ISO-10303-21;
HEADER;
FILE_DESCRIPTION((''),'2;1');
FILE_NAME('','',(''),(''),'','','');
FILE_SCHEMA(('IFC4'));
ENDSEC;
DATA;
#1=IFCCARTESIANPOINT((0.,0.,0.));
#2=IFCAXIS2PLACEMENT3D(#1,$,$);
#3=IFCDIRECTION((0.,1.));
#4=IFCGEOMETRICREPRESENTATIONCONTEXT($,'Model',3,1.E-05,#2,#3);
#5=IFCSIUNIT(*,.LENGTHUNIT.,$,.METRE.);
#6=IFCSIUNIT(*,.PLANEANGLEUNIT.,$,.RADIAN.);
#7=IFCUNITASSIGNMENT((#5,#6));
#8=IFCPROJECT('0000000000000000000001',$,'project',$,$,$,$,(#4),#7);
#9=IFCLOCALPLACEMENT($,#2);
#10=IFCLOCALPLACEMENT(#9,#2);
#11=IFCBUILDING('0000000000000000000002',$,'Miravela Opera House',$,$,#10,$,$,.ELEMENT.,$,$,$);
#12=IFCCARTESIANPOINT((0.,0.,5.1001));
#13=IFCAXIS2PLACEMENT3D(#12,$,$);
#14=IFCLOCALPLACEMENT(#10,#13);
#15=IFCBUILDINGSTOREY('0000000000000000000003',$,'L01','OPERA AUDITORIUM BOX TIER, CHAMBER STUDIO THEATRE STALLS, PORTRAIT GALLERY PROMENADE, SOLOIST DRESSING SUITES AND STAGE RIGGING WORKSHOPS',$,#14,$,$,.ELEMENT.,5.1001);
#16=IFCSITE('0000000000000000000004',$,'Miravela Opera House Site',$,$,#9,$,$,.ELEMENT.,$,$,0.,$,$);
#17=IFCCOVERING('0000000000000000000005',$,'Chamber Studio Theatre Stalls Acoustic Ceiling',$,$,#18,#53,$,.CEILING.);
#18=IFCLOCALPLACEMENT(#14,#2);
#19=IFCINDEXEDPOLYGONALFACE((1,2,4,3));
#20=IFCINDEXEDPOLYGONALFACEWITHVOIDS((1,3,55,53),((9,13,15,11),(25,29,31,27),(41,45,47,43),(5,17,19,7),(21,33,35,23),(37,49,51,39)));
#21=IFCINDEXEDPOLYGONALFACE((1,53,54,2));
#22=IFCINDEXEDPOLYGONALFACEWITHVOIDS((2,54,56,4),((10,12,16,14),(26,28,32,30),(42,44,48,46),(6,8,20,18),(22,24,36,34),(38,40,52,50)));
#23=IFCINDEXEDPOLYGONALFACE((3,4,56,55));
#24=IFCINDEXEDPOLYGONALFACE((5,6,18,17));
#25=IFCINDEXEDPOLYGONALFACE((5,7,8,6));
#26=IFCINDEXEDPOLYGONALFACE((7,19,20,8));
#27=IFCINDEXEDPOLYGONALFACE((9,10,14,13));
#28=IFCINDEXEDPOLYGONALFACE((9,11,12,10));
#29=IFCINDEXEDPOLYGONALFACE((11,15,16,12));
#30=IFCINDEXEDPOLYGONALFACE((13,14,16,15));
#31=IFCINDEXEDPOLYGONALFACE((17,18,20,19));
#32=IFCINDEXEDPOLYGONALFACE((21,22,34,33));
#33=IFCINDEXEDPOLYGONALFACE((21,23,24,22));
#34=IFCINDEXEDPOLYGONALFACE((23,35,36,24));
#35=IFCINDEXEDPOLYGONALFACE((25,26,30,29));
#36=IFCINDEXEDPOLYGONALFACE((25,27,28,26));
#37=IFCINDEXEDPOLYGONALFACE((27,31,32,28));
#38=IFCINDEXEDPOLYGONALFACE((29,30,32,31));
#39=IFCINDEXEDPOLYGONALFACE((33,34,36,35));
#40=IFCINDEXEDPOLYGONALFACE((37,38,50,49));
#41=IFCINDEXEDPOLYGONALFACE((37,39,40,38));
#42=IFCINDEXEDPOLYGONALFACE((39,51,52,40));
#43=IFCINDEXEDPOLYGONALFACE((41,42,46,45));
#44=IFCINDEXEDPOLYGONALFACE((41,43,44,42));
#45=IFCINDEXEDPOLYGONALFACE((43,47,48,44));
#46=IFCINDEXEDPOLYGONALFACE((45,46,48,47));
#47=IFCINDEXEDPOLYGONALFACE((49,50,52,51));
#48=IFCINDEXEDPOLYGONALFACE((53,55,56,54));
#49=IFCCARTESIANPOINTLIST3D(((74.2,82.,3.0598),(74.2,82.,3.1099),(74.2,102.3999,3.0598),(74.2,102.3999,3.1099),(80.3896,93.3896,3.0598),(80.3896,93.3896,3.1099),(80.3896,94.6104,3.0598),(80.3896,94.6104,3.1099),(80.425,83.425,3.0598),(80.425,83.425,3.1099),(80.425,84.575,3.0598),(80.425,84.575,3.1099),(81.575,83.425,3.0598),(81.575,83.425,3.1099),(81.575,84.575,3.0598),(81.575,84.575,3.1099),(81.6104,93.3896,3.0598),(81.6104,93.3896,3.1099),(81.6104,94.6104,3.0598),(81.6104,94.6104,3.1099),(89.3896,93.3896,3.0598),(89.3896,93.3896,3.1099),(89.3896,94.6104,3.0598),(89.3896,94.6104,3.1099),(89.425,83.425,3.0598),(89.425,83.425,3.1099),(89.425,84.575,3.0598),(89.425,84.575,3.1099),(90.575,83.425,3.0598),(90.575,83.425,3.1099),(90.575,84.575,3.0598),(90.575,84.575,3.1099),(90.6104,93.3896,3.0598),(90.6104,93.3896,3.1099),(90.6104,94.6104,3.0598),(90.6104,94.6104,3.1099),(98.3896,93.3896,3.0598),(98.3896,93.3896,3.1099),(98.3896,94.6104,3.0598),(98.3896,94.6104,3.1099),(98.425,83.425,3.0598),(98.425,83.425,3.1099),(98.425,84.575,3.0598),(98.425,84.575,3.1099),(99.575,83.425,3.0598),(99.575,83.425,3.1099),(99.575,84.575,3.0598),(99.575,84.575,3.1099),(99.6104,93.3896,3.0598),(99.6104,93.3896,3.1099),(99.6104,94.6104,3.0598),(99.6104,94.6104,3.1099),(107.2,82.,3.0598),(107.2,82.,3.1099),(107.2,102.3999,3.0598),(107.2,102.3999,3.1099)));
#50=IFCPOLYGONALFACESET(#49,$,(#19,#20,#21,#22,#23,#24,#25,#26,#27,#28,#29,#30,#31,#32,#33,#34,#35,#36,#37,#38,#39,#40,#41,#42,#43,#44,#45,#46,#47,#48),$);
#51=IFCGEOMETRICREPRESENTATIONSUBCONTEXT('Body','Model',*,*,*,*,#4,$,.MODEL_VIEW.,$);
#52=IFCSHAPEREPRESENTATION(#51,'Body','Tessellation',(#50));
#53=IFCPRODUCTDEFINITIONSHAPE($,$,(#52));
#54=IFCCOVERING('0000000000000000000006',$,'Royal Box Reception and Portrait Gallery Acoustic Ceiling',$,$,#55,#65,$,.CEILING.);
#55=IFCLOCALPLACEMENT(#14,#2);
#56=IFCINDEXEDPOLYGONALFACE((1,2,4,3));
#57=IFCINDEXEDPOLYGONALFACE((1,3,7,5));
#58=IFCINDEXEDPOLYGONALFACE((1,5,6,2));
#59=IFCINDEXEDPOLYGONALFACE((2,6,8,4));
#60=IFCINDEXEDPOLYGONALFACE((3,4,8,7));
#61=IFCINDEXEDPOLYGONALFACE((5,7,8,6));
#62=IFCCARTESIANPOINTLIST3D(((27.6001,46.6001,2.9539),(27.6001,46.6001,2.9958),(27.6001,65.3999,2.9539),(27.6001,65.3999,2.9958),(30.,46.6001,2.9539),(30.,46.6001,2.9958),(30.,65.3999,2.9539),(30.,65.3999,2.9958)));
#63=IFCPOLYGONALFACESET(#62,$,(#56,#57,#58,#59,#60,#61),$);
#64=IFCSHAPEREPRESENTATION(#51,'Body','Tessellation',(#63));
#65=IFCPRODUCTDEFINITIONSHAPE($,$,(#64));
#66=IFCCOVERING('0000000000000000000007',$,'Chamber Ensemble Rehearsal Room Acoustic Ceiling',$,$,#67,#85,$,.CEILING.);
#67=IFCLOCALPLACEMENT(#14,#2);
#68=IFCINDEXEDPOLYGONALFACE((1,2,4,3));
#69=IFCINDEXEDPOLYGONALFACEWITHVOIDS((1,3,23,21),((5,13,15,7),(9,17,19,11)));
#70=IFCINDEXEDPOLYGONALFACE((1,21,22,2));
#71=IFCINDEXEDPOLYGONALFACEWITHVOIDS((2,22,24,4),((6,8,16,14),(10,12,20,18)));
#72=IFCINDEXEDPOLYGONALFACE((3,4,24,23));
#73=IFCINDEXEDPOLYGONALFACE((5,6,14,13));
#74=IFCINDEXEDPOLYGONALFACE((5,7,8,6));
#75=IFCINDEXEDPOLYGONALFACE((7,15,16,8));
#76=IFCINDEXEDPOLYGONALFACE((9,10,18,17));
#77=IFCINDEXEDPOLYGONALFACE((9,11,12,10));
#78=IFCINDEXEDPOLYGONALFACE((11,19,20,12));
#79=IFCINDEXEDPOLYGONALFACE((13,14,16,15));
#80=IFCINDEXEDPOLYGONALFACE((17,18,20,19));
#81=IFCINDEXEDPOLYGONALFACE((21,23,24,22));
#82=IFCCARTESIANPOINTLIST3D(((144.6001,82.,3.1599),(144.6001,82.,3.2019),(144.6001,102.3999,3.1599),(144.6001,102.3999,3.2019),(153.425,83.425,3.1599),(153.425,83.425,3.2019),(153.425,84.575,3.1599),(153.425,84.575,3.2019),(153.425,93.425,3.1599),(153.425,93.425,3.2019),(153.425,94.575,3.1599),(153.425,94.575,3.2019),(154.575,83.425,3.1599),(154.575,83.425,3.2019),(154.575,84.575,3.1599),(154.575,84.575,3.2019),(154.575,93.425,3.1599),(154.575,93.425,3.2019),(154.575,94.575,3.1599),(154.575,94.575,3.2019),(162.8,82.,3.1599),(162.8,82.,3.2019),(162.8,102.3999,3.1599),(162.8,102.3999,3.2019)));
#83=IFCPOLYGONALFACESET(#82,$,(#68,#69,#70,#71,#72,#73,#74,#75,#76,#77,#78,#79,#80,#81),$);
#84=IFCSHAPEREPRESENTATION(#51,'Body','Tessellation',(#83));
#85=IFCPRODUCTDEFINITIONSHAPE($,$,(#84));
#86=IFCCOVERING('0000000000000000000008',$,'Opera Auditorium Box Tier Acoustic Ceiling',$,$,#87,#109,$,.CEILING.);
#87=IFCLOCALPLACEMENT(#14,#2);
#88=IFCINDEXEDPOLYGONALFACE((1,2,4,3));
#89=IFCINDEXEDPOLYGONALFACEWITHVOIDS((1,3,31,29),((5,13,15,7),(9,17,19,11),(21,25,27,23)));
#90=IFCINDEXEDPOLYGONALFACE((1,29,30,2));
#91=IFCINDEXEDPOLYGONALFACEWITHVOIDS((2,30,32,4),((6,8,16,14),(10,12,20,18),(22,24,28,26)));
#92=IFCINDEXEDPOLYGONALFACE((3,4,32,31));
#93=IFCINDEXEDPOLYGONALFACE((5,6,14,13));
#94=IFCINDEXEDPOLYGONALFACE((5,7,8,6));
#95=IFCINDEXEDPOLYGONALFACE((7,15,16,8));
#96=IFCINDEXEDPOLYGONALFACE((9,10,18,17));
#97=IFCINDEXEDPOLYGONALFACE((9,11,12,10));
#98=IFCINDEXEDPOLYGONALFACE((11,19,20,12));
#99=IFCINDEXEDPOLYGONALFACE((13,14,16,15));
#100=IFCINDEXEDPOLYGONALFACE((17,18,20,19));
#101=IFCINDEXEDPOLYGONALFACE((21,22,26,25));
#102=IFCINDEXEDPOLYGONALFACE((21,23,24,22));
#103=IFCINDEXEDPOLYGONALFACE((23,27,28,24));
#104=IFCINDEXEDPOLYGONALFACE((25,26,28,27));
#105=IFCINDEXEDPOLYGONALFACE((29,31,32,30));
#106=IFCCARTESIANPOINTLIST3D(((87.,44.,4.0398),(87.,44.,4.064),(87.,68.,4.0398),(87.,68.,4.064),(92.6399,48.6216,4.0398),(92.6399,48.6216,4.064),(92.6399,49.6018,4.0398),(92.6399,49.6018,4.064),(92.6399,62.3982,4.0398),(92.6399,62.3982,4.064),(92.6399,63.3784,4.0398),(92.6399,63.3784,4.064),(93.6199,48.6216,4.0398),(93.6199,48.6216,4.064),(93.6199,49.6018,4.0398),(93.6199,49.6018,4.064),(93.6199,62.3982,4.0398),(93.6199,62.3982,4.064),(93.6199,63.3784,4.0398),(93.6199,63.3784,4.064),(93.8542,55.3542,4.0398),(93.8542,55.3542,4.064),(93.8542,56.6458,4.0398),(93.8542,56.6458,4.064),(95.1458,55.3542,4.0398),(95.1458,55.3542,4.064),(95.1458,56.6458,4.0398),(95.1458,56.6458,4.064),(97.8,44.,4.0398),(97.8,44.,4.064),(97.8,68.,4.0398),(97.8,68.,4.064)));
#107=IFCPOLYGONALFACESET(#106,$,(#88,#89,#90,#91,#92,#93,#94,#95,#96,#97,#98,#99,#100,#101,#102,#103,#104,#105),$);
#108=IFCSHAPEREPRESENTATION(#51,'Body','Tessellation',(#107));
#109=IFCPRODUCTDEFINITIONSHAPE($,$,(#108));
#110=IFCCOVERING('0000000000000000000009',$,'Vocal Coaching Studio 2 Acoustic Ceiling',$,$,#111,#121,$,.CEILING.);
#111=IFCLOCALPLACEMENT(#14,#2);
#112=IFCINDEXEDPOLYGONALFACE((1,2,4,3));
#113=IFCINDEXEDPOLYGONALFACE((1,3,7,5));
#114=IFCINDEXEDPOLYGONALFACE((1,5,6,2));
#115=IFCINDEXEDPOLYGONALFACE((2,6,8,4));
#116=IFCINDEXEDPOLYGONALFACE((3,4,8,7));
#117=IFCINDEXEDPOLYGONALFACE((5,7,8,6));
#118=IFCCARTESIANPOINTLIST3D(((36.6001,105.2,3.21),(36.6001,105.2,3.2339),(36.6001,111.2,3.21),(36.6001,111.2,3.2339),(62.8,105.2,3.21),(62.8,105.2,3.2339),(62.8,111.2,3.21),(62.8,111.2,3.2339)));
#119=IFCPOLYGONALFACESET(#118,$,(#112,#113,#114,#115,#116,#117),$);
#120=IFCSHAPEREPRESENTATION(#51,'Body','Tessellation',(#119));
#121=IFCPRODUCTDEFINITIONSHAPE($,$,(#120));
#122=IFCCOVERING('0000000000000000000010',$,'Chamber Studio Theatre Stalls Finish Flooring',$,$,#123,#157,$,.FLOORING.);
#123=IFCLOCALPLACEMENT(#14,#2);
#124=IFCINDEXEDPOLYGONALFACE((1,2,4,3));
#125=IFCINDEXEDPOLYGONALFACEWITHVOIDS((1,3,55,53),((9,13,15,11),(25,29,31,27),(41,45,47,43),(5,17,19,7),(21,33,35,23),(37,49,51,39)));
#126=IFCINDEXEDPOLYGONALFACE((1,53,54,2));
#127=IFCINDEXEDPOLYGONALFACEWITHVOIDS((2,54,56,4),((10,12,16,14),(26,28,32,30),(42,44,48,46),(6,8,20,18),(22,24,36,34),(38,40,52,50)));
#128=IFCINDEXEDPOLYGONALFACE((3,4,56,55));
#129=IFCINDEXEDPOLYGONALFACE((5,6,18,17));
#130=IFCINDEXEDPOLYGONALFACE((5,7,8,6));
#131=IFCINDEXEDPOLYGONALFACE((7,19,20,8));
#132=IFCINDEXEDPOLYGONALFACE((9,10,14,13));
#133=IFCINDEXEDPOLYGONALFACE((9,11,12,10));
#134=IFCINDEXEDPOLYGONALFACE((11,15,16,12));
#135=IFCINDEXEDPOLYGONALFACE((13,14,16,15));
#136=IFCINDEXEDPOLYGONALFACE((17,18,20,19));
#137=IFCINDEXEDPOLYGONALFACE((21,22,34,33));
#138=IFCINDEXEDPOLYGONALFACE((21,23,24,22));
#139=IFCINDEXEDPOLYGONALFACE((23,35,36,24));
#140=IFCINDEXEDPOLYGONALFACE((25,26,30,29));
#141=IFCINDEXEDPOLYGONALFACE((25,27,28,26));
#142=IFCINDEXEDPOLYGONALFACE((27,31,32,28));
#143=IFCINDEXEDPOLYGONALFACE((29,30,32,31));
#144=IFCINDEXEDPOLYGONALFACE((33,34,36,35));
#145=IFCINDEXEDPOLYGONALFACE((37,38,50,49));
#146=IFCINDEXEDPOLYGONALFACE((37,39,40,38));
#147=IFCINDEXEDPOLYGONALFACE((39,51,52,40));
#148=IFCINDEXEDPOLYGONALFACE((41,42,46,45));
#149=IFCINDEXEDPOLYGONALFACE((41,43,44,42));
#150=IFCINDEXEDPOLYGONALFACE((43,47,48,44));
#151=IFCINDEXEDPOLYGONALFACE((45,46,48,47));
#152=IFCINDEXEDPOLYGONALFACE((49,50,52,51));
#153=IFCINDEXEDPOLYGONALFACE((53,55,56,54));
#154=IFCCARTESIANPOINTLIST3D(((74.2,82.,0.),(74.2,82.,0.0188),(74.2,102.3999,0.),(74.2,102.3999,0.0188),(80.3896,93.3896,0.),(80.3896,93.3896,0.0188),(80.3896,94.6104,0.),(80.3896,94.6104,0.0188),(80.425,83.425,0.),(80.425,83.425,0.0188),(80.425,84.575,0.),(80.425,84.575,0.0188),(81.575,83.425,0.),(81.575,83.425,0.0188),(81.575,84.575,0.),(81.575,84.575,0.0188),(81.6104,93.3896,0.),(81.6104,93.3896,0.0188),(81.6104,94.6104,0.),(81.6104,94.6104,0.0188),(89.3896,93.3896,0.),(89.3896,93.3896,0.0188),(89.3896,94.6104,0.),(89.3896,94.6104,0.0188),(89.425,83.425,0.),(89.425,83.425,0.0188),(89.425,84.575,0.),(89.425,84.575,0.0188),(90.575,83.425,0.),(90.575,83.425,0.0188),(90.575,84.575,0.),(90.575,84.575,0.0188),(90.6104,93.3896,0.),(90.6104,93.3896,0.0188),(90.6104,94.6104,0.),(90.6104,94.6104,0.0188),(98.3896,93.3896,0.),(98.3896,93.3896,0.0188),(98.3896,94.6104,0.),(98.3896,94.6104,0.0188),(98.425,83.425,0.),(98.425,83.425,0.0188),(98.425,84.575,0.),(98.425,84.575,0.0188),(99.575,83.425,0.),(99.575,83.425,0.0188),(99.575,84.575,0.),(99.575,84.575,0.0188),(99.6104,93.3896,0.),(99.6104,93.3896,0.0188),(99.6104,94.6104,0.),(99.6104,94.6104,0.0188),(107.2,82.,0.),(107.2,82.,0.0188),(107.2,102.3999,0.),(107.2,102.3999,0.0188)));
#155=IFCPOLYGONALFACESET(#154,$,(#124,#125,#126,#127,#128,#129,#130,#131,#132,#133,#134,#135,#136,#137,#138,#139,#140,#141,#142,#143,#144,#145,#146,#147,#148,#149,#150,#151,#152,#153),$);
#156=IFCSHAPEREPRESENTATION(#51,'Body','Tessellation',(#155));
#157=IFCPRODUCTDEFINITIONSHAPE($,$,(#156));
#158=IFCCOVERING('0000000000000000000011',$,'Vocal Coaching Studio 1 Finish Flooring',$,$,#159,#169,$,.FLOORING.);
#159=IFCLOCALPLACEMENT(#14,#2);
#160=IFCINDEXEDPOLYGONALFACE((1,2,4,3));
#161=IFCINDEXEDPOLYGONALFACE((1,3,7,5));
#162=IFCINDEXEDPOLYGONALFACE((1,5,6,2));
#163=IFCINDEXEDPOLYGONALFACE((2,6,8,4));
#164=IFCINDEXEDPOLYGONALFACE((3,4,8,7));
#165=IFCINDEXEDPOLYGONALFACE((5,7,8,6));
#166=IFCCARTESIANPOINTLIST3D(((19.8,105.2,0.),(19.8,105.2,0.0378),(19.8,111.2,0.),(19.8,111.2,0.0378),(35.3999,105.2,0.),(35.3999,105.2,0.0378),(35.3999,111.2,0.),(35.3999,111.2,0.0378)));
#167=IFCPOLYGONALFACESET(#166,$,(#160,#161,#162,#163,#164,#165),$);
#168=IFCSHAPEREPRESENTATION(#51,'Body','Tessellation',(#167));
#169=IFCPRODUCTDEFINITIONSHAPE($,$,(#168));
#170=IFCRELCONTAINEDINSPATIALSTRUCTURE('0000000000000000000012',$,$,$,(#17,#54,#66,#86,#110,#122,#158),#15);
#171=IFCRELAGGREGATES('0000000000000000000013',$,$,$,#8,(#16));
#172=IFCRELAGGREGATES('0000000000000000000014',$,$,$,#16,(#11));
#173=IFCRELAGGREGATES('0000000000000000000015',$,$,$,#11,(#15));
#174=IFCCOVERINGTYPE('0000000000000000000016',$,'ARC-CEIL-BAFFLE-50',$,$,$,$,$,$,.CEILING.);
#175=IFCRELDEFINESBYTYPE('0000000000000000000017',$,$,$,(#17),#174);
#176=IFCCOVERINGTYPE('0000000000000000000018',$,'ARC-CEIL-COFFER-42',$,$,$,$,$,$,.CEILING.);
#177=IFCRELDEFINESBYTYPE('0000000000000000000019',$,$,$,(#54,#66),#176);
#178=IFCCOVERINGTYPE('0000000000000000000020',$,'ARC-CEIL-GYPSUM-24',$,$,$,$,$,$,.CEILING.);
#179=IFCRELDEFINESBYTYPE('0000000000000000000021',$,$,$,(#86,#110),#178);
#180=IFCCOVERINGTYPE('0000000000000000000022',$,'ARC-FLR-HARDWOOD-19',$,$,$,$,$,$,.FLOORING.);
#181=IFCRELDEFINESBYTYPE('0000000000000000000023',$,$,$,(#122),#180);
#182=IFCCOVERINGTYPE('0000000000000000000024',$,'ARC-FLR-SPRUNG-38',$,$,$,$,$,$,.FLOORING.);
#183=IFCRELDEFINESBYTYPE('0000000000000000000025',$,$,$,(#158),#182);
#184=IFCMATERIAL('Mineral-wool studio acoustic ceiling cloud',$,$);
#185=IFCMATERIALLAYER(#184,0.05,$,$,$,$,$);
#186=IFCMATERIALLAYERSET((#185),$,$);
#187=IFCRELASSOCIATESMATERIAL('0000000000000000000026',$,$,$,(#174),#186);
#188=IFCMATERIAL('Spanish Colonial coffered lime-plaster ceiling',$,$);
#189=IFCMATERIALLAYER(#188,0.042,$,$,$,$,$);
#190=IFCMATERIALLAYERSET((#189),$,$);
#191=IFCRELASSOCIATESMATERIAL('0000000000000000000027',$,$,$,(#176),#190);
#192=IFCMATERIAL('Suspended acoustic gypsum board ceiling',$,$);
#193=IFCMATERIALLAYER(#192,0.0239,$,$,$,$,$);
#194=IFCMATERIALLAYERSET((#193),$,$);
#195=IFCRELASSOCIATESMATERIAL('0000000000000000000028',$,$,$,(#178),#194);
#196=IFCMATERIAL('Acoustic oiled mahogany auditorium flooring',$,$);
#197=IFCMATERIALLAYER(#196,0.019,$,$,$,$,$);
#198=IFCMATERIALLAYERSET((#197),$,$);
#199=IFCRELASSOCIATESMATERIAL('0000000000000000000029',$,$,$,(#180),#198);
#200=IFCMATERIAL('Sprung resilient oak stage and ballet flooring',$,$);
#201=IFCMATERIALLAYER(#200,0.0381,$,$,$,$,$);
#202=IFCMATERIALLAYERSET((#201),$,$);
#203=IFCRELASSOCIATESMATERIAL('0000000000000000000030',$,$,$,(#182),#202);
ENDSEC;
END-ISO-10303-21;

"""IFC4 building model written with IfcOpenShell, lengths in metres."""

from ifc_helpers import new_model, si_unit, direction, frame, origin, place, context, subcontext, project, spatial, polyline, outline, extrude, material, layer, layer_set, type_object, element, save


model = new_model("IFC4")

# Units and contexts
model_context = context("Model", 3, precision=1e-05, world=origin(), true_north=direction((0.0, 1.0)))
body_context = subcontext(model_context, "Body", "Model", "MODEL_VIEW")
ifc_project = project(units=[si_unit("LENGTHUNIT", "METRE"), si_unit("PLANEANGLEUNIT", "RADIAN")], contexts=[model_context])

# Site, building, storey
site_placement = place(None, origin())
site = spatial("IfcSite", under=ifc_project, at=site_placement, Name="Miravela Opera House Site", CompositionType="ELEMENT", RefElevation=0.0)
building_placement = place(site_placement, origin())
building = spatial("IfcBuilding", under=site, at=building_placement, Name="Miravela Opera House", CompositionType="ELEMENT")
storey_placement = place(building_placement, frame((0.0, 0.0, 5.1001)))
storey = spatial("IfcBuildingStorey", under=building, at=storey_placement, Name="L01", Description="OPERA AUDITORIUM BOX TIER, CHAMBER STUDIO THEATRE STALLS, PORTRAIT GALLERY PROMENADE, SOLOIST DRESSING SUITES AND STAGE RIGGING WORKSHOPS", CompositionType="ELEMENT", Elevation=5.1001)

# Coverings
ifc_material_1 = material(Name="Mineral-wool studio acoustic ceiling cloud")
ifc_layer_1 = layer(ifc_material_1, 0.05)
ifc_layer_set_1 = layer_set([ifc_layer_1])
covering_type_1 = type_object("IfcCoveringType", Name="ARC-CEIL-BAFFLE-50", PredefinedType="CEILING", material=ifc_layer_set_1)
covering_1_placement = place(storey_placement, frame((0.0, 0.0, 3.0598)))
element("IfcCovering", 1, at=covering_1_placement, inside=storey, type_object=covering_type_1, Name="Chamber Studio Theatre Stalls Acoustic Ceiling", PredefinedType="CEILING", context=body_context, shape_type="SweptSolid", body=[
    extrude(outline(polyline([(74.2, 82.0), (107.2, 82.0), (107.2, 102.3999), (74.2, 102.3999), (74.2, 82.0)]), holes=[polyline([(80.425, 83.425), (81.575, 83.425), (81.575, 84.575), (80.425, 84.575), (80.425, 83.425)]), polyline([(80.3896, 93.3896), (81.6104, 93.3896), (81.6104, 94.6104), (80.3896, 94.6104), (80.3896, 93.3896)]), polyline([(89.425, 83.425), (90.575, 83.425), (90.575, 84.575), (89.425, 84.575), (89.425, 83.425)]), polyline([(89.3896, 93.3896), (90.6104, 93.3896), (90.6104, 94.6104), (89.3896, 94.6104), (89.3896, 93.3896)]), polyline([(98.425, 83.425), (99.575, 83.425), (99.575, 84.575), (98.425, 84.575), (98.425, 83.425)]), polyline([(98.3896, 93.3896), (99.6104, 93.3896), (99.6104, 94.6104), (98.3896, 94.6104), (98.3896, 93.3896)])]), origin(), (0.0, 0.0, 1.0), 0.05),
])
ifc_material_2 = material(Name="Spanish Colonial coffered lime-plaster ceiling")
ifc_layer_2 = layer(ifc_material_2, 0.042)
ifc_layer_set_2 = layer_set([ifc_layer_2])
covering_type_2 = type_object("IfcCoveringType", Name="ARC-CEIL-COFFER-42", PredefinedType="CEILING", material=ifc_layer_set_2)
covering_2_placement = place(storey_placement, frame((0.0, 0.0, 2.9539)))
element("IfcCovering", 2, at=covering_2_placement, inside=storey, type_object=covering_type_2, Name="Royal Box Reception and Portrait Gallery Acoustic Ceiling", PredefinedType="CEILING", context=body_context, shape_type="SweptSolid", body=[
    extrude(outline(polyline([(27.6001, 46.6001), (30.0, 46.6001), (30.0, 65.3999), (27.6001, 65.3999), (27.6001, 46.6001)])), origin(), (0.0, 0.0, 1.0), 0.042),
])
covering_3_placement = place(storey_placement, frame((0.0, 0.0, 3.1599)))
element("IfcCovering", 3, at=covering_3_placement, inside=storey, type_object=covering_type_2, Name="Chamber Ensemble Rehearsal Room Acoustic Ceiling", PredefinedType="CEILING", context=body_context, shape_type="SweptSolid", body=[
    extrude(outline(polyline([(144.6001, 82.0), (162.8, 82.0), (162.8, 102.3999), (144.6001, 102.3999), (144.6001, 82.0)]), holes=[polyline([(153.425, 83.425), (154.575, 83.425), (154.575, 84.575), (153.425, 84.575), (153.425, 83.425)]), polyline([(153.425, 93.425), (154.575, 93.425), (154.575, 94.575), (153.425, 94.575), (153.425, 93.425)])]), origin(), (0.0, 0.0, 1.0), 0.042),
])
ifc_material_3 = material(Name="Suspended acoustic gypsum board ceiling")
ifc_layer_3 = layer(ifc_material_3, 0.0239)
ifc_layer_set_3 = layer_set([ifc_layer_3])
covering_type_3 = type_object("IfcCoveringType", Name="ARC-CEIL-GYPSUM-24", PredefinedType="CEILING", material=ifc_layer_set_3)
covering_4_placement = place(storey_placement, frame((0.0, 0.0, 4.0398)))
element("IfcCovering", 4, at=covering_4_placement, inside=storey, type_object=covering_type_3, Name="Opera Auditorium Box Tier Acoustic Ceiling", PredefinedType="CEILING", context=body_context, shape_type="SweptSolid", body=[
    extrude(outline(polyline([(87.0, 44.0), (97.8, 44.0), (97.8, 68.0), (87.0, 68.0), (87.0, 44.0)]), holes=[polyline([(93.8542, 55.3542), (95.1458, 55.3542), (95.1458, 56.6458), (93.8542, 56.6458), (93.8542, 55.3542)]), polyline([(92.6399, 62.3982), (93.6199, 62.3982), (93.6199, 63.3784), (92.6399, 63.3784), (92.6399, 62.3982)]), polyline([(92.6399, 48.6216), (93.6199, 48.6216), (93.6199, 49.6018), (92.6399, 49.6018), (92.6399, 48.6216)])]), origin(), (0.0, 0.0, 1.0), 0.0242),
])
covering_5_placement = place(storey_placement, frame((0.0, 0.0, 3.21)))
element("IfcCovering", 5, at=covering_5_placement, inside=storey, type_object=covering_type_3, Name="Vocal Coaching Studio 2 Acoustic Ceiling", PredefinedType="CEILING", context=body_context, shape_type="SweptSolid", body=[
    extrude(outline(polyline([(36.6001, 105.2), (62.8, 105.2), (62.8, 111.2), (36.6001, 111.2), (36.6001, 105.2)])), origin(), (0.0, 0.0, 1.0), 0.0239),
])
ifc_material_4 = material(Name="Acoustic oiled mahogany auditorium flooring")
ifc_layer_4 = layer(ifc_material_4, 0.019)
ifc_layer_set_4 = layer_set([ifc_layer_4])
covering_type_4 = type_object("IfcCoveringType", Name="ARC-FLR-HARDWOOD-19", PredefinedType="FLOORING", material=ifc_layer_set_4)
covering_6_placement = place(storey_placement, origin())
element("IfcCovering", 6, at=covering_6_placement, inside=storey, type_object=covering_type_4, Name="Chamber Studio Theatre Stalls Finish Flooring", PredefinedType="FLOORING", context=body_context, shape_type="SweptSolid", body=[
    extrude(outline(polyline([(74.2, 82.0), (107.2, 82.0), (107.2, 102.3999), (74.2, 102.3999), (74.2, 82.0)]), holes=[polyline([(80.425, 83.425), (81.575, 83.425), (81.575, 84.575), (80.425, 84.575), (80.425, 83.425)]), polyline([(80.3896, 93.3896), (81.6104, 93.3896), (81.6104, 94.6104), (80.3896, 94.6104), (80.3896, 93.3896)]), polyline([(89.425, 83.425), (90.575, 83.425), (90.575, 84.575), (89.425, 84.575), (89.425, 83.425)]), polyline([(89.3896, 93.3896), (90.6104, 93.3896), (90.6104, 94.6104), (89.3896, 94.6104), (89.3896, 93.3896)]), polyline([(98.425, 83.425), (99.575, 83.425), (99.575, 84.575), (98.425, 84.575), (98.425, 83.425)]), polyline([(98.3896, 93.3896), (99.6104, 93.3896), (99.6104, 94.6104), (98.3896, 94.6104), (98.3896, 93.3896)])]), origin(), (0.0, 0.0, 1.0), 0.0188),
])
ifc_material_5 = material(Name="Sprung resilient oak stage and ballet flooring")
ifc_layer_5 = layer(ifc_material_5, 0.0381)
ifc_layer_set_5 = layer_set([ifc_layer_5])
covering_type_5 = type_object("IfcCoveringType", Name="ARC-FLR-SPRUNG-38", PredefinedType="FLOORING", material=ifc_layer_set_5)
covering_7_placement = place(storey_placement, origin())
element("IfcCovering", 7, at=covering_7_placement, inside=storey, type_object=covering_type_5, Name="Vocal Coaching Studio 1 Finish Flooring", PredefinedType="FLOORING", context=body_context, shape_type="SweptSolid", body=[
    extrude(outline(polyline([(19.8, 105.2), (35.3999, 105.2), (35.3999, 111.2), (19.8, 111.2), (19.8, 105.2)])), origin(), (0.0, 0.0, 1.0), 0.0378),
])

save(model, "model.ifc")
